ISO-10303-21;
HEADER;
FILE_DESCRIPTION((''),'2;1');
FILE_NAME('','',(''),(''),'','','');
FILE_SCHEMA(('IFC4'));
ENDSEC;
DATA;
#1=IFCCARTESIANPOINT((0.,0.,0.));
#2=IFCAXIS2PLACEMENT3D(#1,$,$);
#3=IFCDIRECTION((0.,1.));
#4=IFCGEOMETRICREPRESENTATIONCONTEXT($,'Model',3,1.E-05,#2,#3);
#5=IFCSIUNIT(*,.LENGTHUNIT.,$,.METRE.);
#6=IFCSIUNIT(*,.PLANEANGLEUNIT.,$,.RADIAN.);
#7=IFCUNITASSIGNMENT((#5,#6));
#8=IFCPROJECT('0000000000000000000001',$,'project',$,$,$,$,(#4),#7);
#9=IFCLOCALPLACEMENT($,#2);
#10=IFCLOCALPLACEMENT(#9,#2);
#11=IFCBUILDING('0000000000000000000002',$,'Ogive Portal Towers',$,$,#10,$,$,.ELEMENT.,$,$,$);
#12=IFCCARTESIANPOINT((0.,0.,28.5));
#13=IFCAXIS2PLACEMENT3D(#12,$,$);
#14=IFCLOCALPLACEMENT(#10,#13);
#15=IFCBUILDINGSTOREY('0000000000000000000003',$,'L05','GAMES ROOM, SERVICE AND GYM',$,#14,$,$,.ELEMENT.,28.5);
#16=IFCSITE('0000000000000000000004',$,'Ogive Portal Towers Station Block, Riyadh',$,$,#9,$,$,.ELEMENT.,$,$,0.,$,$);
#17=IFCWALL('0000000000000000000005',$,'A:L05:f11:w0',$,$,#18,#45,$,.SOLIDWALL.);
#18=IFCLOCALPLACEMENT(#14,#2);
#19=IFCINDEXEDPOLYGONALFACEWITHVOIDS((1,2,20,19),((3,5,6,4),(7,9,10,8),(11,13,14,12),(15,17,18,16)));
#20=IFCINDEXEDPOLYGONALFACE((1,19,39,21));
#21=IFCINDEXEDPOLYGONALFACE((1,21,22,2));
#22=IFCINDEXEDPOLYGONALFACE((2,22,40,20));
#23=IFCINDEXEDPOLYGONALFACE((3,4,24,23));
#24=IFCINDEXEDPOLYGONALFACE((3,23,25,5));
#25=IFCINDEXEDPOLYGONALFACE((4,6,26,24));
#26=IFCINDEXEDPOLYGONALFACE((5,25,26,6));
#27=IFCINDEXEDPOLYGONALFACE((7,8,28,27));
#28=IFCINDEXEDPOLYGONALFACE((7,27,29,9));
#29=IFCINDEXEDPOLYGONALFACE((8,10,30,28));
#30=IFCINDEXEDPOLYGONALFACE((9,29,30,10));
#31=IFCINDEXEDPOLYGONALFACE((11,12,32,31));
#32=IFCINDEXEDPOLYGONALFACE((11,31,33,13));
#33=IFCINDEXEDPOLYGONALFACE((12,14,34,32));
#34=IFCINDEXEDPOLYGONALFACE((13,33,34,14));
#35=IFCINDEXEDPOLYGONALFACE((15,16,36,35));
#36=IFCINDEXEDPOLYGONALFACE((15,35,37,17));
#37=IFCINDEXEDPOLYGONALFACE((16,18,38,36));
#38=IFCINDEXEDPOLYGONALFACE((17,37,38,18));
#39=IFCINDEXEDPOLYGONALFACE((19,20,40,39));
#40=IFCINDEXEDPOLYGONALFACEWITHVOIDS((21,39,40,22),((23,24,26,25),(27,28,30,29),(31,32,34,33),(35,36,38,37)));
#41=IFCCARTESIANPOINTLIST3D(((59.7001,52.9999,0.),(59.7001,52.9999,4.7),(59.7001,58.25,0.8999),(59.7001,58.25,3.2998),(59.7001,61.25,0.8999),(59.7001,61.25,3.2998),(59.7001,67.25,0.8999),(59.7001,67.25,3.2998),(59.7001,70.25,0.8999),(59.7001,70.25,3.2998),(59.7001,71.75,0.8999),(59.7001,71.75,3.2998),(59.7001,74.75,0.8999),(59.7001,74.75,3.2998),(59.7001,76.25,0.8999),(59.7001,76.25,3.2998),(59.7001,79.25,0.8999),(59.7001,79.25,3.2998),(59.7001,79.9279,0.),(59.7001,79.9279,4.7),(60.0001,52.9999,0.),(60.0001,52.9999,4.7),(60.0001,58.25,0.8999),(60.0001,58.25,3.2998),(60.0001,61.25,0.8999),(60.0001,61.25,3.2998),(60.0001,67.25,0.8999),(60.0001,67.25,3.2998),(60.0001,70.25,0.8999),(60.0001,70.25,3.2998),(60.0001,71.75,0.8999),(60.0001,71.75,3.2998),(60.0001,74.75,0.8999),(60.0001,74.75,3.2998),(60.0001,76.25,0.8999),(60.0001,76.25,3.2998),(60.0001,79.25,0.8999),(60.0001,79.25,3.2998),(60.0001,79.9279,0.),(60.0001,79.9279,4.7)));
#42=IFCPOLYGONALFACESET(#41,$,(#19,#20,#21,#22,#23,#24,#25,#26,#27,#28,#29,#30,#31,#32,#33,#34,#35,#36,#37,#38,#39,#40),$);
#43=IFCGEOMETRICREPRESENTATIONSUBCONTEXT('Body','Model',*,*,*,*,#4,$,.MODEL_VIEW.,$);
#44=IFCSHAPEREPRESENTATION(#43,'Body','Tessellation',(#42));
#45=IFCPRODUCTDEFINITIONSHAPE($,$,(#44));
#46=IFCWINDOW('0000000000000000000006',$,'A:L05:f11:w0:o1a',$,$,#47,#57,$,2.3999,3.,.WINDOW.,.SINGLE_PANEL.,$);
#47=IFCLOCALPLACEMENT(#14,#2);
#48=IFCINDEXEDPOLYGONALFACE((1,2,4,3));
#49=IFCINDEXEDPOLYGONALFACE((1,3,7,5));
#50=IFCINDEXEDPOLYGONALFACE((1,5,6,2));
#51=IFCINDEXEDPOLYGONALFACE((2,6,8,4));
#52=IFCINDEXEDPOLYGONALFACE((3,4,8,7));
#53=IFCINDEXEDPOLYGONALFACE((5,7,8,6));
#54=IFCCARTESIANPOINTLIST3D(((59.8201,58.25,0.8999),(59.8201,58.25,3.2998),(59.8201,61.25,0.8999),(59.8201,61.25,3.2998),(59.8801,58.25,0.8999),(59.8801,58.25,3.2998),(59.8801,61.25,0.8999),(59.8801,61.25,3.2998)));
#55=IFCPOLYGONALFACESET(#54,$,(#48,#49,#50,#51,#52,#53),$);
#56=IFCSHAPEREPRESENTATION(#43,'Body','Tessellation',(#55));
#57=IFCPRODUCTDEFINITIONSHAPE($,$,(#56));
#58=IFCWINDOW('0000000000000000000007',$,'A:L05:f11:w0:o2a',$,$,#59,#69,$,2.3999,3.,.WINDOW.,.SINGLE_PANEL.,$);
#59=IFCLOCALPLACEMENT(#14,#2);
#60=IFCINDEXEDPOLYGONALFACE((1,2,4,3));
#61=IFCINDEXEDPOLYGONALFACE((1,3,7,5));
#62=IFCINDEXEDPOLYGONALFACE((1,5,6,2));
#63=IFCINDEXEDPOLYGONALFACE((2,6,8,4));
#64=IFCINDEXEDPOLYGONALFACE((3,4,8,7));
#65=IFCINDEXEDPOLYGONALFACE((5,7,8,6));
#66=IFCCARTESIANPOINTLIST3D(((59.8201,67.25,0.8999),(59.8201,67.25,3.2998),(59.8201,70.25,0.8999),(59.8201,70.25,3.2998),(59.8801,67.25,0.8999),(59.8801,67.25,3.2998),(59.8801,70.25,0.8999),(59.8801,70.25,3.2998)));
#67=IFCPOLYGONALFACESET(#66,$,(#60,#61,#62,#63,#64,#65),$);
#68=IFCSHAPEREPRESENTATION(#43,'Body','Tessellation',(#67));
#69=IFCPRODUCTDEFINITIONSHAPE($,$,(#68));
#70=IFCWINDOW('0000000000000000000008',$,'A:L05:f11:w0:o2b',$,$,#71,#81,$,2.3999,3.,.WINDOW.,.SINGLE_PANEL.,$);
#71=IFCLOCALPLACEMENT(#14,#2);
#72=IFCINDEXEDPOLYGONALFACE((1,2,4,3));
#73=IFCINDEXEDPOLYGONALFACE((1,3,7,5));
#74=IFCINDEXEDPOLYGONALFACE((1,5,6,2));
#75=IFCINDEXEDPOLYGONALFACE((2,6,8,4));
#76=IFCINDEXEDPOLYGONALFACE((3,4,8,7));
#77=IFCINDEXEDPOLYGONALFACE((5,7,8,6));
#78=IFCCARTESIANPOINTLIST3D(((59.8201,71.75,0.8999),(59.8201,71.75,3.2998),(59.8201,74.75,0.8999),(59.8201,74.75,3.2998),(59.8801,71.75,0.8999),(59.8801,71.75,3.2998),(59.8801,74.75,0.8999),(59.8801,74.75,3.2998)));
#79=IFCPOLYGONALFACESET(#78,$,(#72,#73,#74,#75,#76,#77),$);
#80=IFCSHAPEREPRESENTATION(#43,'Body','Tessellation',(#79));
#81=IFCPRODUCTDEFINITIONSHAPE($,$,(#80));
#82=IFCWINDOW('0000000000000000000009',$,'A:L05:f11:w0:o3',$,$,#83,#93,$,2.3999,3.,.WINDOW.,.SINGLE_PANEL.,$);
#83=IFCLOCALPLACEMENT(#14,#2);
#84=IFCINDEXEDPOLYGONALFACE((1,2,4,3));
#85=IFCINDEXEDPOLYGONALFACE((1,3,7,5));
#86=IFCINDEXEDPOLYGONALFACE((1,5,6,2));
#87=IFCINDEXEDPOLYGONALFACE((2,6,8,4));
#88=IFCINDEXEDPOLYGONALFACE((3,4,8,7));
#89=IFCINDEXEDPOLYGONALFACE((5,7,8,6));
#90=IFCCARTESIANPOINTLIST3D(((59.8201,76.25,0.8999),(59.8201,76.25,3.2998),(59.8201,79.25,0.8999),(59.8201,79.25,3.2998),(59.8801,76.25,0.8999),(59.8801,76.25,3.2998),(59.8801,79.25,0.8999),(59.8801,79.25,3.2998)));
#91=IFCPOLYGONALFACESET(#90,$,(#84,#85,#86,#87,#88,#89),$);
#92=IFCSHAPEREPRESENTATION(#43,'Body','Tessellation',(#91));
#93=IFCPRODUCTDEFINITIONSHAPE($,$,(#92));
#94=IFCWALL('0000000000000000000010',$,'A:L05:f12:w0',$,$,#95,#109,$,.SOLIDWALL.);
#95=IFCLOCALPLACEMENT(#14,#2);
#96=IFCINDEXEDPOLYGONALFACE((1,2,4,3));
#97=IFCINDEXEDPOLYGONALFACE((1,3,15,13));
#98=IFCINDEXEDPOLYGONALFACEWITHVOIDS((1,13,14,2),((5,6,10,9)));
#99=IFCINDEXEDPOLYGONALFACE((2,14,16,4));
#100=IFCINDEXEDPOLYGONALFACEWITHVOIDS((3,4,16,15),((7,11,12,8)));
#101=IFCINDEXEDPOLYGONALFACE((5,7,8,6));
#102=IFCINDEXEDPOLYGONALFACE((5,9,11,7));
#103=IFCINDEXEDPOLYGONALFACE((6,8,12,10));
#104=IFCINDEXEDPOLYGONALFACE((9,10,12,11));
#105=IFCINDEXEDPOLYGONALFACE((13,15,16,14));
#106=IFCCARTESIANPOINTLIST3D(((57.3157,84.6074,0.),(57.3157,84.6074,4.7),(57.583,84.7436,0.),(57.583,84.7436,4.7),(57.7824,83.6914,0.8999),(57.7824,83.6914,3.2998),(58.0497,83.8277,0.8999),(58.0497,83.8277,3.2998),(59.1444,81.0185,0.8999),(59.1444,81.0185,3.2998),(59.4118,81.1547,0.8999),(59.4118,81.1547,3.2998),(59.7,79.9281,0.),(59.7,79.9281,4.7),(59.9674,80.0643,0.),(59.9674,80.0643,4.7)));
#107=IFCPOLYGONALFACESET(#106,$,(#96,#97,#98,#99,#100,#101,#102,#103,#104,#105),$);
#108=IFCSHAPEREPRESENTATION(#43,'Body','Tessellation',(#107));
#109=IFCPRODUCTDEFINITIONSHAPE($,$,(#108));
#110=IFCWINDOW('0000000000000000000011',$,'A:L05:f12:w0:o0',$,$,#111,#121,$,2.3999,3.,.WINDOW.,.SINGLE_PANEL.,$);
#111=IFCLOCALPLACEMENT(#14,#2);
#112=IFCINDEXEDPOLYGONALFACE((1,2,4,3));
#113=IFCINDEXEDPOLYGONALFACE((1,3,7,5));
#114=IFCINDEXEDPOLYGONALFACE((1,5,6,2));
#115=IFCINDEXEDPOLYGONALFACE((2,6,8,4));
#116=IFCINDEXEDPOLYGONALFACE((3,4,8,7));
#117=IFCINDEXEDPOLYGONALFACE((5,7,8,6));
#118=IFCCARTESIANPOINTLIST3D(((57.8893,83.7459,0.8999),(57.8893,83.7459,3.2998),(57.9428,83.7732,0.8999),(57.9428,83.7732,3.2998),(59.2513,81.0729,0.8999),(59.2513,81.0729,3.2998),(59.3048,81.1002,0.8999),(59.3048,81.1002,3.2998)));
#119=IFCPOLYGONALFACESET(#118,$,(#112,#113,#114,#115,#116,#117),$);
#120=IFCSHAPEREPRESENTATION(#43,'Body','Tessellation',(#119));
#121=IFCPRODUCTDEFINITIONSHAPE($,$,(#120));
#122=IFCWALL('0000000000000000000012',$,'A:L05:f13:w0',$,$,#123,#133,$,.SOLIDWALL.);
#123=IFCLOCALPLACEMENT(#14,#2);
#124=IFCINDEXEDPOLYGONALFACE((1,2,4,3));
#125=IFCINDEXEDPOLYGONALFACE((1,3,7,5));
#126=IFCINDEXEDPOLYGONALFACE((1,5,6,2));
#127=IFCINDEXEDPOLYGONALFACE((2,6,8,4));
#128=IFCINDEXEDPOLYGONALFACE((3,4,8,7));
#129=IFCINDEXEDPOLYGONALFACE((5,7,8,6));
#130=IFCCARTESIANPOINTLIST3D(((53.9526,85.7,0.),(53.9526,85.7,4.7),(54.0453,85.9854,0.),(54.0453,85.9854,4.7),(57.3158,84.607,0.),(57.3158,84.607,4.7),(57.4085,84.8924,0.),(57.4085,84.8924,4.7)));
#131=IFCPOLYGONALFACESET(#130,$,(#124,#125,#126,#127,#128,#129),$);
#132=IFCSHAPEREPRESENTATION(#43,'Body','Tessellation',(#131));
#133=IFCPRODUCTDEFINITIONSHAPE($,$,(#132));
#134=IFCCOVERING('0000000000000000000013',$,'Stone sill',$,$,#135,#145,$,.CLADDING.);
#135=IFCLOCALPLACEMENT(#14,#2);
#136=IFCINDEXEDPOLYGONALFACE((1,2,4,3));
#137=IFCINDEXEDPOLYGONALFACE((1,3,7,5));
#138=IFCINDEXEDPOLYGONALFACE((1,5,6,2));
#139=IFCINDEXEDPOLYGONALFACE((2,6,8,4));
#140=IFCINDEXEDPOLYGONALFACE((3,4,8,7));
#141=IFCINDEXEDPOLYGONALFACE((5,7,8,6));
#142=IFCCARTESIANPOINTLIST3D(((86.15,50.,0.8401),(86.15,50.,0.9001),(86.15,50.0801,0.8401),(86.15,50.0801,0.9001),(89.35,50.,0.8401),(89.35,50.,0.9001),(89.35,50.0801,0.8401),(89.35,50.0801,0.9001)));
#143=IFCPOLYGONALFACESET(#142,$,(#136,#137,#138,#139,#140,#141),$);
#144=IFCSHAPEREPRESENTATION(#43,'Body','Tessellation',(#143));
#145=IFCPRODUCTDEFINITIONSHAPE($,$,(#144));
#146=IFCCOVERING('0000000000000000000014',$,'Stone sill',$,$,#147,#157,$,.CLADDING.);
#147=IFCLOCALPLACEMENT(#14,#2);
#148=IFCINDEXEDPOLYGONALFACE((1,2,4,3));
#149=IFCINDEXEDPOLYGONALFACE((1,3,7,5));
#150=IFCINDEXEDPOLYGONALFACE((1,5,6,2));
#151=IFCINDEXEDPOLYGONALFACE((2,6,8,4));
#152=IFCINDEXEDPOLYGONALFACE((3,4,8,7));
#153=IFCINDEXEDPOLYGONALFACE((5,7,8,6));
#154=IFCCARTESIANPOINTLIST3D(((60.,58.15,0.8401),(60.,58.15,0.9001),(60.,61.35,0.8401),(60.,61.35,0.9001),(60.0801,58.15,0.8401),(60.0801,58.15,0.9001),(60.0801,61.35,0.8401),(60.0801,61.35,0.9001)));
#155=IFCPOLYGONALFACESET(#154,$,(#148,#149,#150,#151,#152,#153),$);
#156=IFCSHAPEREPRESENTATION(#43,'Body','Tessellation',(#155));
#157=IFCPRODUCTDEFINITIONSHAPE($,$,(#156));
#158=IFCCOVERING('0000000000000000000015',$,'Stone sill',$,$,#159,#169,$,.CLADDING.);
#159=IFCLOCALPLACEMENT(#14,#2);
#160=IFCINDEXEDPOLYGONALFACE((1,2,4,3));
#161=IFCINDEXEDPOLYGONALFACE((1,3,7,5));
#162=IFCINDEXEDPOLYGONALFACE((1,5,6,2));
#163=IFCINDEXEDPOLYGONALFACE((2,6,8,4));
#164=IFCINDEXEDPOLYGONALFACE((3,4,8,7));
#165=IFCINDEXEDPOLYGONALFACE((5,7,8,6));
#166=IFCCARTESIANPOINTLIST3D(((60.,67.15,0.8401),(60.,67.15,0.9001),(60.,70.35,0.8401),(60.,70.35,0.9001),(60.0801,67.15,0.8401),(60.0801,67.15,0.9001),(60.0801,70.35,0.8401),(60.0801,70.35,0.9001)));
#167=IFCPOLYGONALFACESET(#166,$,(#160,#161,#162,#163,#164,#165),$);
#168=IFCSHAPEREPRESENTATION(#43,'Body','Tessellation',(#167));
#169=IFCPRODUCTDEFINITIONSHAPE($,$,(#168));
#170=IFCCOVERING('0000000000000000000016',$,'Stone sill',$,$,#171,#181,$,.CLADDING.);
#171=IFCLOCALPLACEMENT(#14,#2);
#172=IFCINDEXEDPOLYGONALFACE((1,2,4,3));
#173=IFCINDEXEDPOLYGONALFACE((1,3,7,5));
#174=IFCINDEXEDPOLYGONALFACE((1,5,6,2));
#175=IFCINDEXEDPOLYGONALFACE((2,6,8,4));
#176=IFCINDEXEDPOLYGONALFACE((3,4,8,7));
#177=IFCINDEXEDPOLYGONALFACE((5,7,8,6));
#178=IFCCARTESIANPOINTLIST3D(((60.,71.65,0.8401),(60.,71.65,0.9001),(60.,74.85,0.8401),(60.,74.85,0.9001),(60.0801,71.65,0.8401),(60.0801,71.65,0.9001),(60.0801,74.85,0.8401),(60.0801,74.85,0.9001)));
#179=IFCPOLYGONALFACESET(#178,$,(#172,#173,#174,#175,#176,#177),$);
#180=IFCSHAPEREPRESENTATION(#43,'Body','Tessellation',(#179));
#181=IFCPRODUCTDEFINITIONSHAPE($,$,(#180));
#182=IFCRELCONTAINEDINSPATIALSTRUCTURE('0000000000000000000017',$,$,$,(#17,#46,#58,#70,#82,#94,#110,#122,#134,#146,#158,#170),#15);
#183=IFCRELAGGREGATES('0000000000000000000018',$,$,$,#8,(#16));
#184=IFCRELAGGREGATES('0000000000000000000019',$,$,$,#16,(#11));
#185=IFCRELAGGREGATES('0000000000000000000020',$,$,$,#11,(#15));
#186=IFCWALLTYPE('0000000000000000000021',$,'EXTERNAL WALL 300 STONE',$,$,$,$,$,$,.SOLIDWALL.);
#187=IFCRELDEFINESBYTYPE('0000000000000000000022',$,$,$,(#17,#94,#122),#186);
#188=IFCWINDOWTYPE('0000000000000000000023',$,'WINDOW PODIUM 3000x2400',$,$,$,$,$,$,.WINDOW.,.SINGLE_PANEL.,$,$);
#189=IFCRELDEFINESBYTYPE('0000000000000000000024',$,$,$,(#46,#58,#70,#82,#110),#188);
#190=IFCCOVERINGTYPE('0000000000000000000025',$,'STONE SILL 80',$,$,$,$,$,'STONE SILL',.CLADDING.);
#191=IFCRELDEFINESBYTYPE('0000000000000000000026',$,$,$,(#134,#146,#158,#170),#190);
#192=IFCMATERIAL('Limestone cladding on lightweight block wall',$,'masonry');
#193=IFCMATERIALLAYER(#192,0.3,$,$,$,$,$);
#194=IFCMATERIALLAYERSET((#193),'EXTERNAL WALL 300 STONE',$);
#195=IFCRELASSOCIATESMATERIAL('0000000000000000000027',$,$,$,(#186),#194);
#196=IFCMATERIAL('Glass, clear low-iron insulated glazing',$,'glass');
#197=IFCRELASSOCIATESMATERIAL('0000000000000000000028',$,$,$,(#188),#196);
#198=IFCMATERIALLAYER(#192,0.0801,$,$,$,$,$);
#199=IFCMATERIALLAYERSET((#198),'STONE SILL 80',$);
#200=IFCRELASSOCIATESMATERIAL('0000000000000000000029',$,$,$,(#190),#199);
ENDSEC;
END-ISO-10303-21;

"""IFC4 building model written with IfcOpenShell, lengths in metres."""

from ifc_helpers import new_model, si_unit, direction, frame, frame_2d, origin, origin_2d, place, context, subcontext, project, spatial, rectangle, extrude, material, layer, layer_set, type_object, element, fill, save


model = new_model("IFC4")

# Units and contexts
model_context = context("Model", 3, precision=1e-05, world=origin(), true_north=direction((0.0, 1.0)))
body_context = subcontext(model_context, "Body", "Model", "MODEL_VIEW")
ifc_project = project(units=[si_unit("LENGTHUNIT", "METRE"), si_unit("PLANEANGLEUNIT", "RADIAN")], contexts=[model_context])

# Site, building, storey
site_placement = place(None, origin())
site = spatial("IfcSite", under=ifc_project, at=site_placement, Name="Ogive Portal Towers Station Block, Riyadh", CompositionType="ELEMENT", RefElevation=0.0)
building_placement = place(site_placement, origin())
building = spatial("IfcBuilding", under=site, at=building_placement, Name="Ogive Portal Towers", CompositionType="ELEMENT")
storey_placement = place(building_placement, frame((0.0, 0.0, 28.5)))
storey = spatial("IfcBuildingStorey", under=building, at=storey_placement, Name="L05", Description="GAMES ROOM, SERVICE AND GYM", CompositionType="ELEMENT", Elevation=28.5)

# Shared definitions
ifc_material_1 = material(Name="Limestone cladding on lightweight block wall", Category="masonry")
ifc_layer_1 = layer(ifc_material_1, 0.3)
ifc_layer_set_1 = layer_set([ifc_layer_1], Name="EXTERNAL WALL 300 STONE")
wall_type = type_object("IfcWallType", Name="EXTERNAL WALL 300 STONE", PredefinedType="SOLIDWALL", material=ifc_layer_set_1)

# Wall, openings, windows
wall_1_placement = place(storey_placement, frame((59.8501, 53.0, 0.0), z_axis=(0.0, 0.0, 1.0), x_axis=(0.0, 1.0, 0.0)))
wall_1 = element("IfcWall", 1, at=wall_1_placement, inside=storey, type_object=wall_type, Name="A:L05:f11:w0", PredefinedType="SOLIDWALL", context=body_context, shape_type="SweptSolid", body=[
    extrude(rectangle(XDim=26.928, YDim=0.3, at=frame_2d((13.4639, 0.0))), origin(), (0.0, 0.0, 1.0), 4.7),
])
opening_1_placement = place(wall_1_placement, frame((5.25, 0.0, 0.8999)))
opening_1 = element("IfcOpeningElement", 2, at=opening_1_placement, cuts=wall_1, PredefinedType="OPENING", context=body_context, shape_type="SweptSolid", body=[
    extrude(rectangle(XDim=3.0, YDim=2.3999, at=frame_2d((1.5, 1.2))), frame((0.0, 0.1602, 0.0), z_axis=(0.0, -1.0, 0.0), x_axis=(1.0, 0.0, 0.0)), (0.0, 0.0, 1.0), 0.3201),
])
opening_2_placement = place(wall_1_placement, frame((14.25, 0.0, 0.8999)))
opening_2 = element("IfcOpeningElement", 3, at=opening_2_placement, cuts=wall_1, PredefinedType="OPENING", context=body_context, shape_type="SweptSolid", body=[
    extrude(rectangle(XDim=3.0, YDim=2.3999, at=frame_2d((1.5, 1.2))), frame((0.0, 0.1602, 0.0), z_axis=(0.0, -1.0, 0.0), x_axis=(1.0, 0.0, 0.0)), (0.0, 0.0, 1.0), 0.3201),
])
opening_3_placement = place(wall_1_placement, frame((18.75, 0.0, 0.8999)))
opening_3 = element("IfcOpeningElement", 4, at=opening_3_placement, cuts=wall_1, PredefinedType="OPENING", context=body_context, shape_type="SweptSolid", body=[
    extrude(rectangle(XDim=3.0, YDim=2.3999, at=frame_2d((1.5, 1.2))), frame((0.0, 0.1602, 0.0), z_axis=(0.0, -1.0, 0.0), x_axis=(1.0, 0.0, 0.0)), (0.0, 0.0, 1.0), 0.3201),
])
opening_4_placement = place(wall_1_placement, frame((23.25, 0.0, 0.8999)))
opening_4 = element("IfcOpeningElement", 5, at=opening_4_placement, cuts=wall_1, PredefinedType="OPENING", context=body_context, shape_type="SweptSolid", body=[
    extrude(rectangle(XDim=3.0, YDim=2.3999, at=frame_2d((1.5, 1.2))), frame((0.0, 0.1602, 0.0), z_axis=(0.0, -1.0, 0.0), x_axis=(1.0, 0.0, 0.0)), (0.0, 0.0, 1.0), 0.3201),
])
ifc_material_2 = material(Name="Glass, clear low-iron insulated glazing", Category="glass")
window_type = type_object("IfcWindowType", Name="WINDOW PODIUM 3000x2400", PartitioningType="SINGLE_PANEL", PredefinedType="WINDOW", material=ifc_material_2)
window_1_placement = place(opening_1_placement, origin())
window_1 = element("IfcWindow", 6, at=window_1_placement, inside=storey, type_object=window_type, Name="A:L05:f11:w0:o1a", OverallHeight=2.3999, OverallWidth=3.0, PartitioningType="SINGLE_PANEL", PredefinedType="WINDOW", context=body_context, shape_type="SweptSolid", body=[
    extrude(rectangle(XDim=3.0, YDim=2.3999, at=frame_2d((1.5, 1.2))), frame((0.0, 0.03, 0.0), z_axis=(0.0, -1.0, 0.0), x_axis=(1.0, 0.0, 0.0)), (0.0, 0.0, 1.0), 0.0601),
])
fill(opening_1, window_1)
window_2_placement = place(opening_2_placement, origin())
window_2 = element("IfcWindow", 7, at=window_2_placement, inside=storey, type_object=window_type, Name="A:L05:f11:w0:o2a", OverallHeight=2.3999, OverallWidth=3.0, PartitioningType="SINGLE_PANEL", PredefinedType="WINDOW", context=body_context, shape_type="SweptSolid", body=[
    extrude(rectangle(XDim=3.0, YDim=2.3999, at=frame_2d((1.5, 1.2))), frame((0.0, 0.03, 0.0), z_axis=(0.0, -1.0, 0.0), x_axis=(1.0, 0.0, 0.0)), (0.0, 0.0, 1.0), 0.0601),
])
fill(opening_2, window_2)
window_3_placement = place(opening_3_placement, origin())
window_3 = element("IfcWindow", 8, at=window_3_placement, inside=storey, type_object=window_type, Name="A:L05:f11:w0:o2b", OverallHeight=2.3999, OverallWidth=3.0, PartitioningType="SINGLE_PANEL", PredefinedType="WINDOW", context=body_context, shape_type="SweptSolid", body=[
    extrude(rectangle(XDim=3.0, YDim=2.3999, at=frame_2d((1.5, 1.2))), frame((0.0, 0.03, 0.0), z_axis=(0.0, -1.0, 0.0), x_axis=(1.0, 0.0, 0.0)), (0.0, 0.0, 1.0), 0.0601),
])
fill(opening_3, window_3)
window_4_placement = place(opening_4_placement, origin())
window_4 = element("IfcWindow", 9, at=window_4_placement, inside=storey, type_object=window_type, Name="A:L05:f11:w0:o3", OverallHeight=2.3999, OverallWidth=3.0, PartitioningType="SINGLE_PANEL", PredefinedType="WINDOW", context=body_context, shape_type="SweptSolid", body=[
    extrude(rectangle(XDim=3.0, YDim=2.3999, at=frame_2d((1.5, 1.2))), frame((0.0, 0.03, 0.0), z_axis=(0.0, -1.0, 0.0), x_axis=(1.0, 0.0, 0.0)), (0.0, 0.0, 1.0), 0.0601),
])
fill(opening_4, window_4)

# Wall, opening, window
wall_2_placement = place(storey_placement, frame((59.8337, 79.9961, 0.0), z_axis=(0.0, 0.0, 1.0), x_axis=(-0.454007, 0.890998, 0.0)))
wall_2 = element("IfcWall", 10, at=wall_2_placement, inside=storey, type_object=wall_type, Name="A:L05:f12:w0", PredefinedType="SOLIDWALL", context=body_context, shape_type="SweptSolid", body=[
    extrude(rectangle(XDim=5.2517, YDim=0.3, at=frame_2d((2.626, 0.0))), origin(), (0.0, 0.0, 1.0), 4.7),
])
opening_5_placement = place(wall_2_placement, frame((1.2239, 0.0, 0.8999)))
opening_5 = element("IfcOpeningElement", 11, at=opening_5_placement, cuts=wall_2, PredefinedType="OPENING", context=body_context, shape_type="SweptSolid", body=[
    extrude(rectangle(XDim=3.0, YDim=2.3999, at=frame_2d((1.5, 1.2))), frame((0.0, 0.1602, 0.0), z_axis=(0.0, -1.0, 0.0), x_axis=(1.0, 0.0, 0.0)), (0.0, 0.0, 1.0), 0.3201),
])
window_5_placement = place(opening_5_placement, origin())
window_5 = element("IfcWindow", 12, at=window_5_placement, inside=storey, type_object=window_type, Name="A:L05:f12:w0:o0", OverallHeight=2.3999, OverallWidth=3.0, PartitioningType="SINGLE_PANEL", PredefinedType="WINDOW", context=body_context, shape_type="SweptSolid", body=[
    extrude(rectangle(XDim=3.0, YDim=2.3999, at=frame_2d((1.5, 1.2))), frame((0.0, 0.03, 0.0), z_axis=(0.0, -1.0, 0.0), x_axis=(1.0, 0.0, 0.0)), (0.0, 0.0, 1.0), 0.0601),
])
fill(opening_5, window_5)

# Wall
wall_3_placement = place(storey_placement, frame((57.3621, 84.7498, 0.0), z_axis=(0.0, 0.0, 1.0), x_axis=(-0.951038, 0.309074, 0.0)))
element("IfcWall", 13, at=wall_3_placement, inside=storey, type_object=wall_type, Name="A:L05:f13:w0", PredefinedType="SOLIDWALL", context=body_context, shape_type="SweptSolid", body=[
    extrude(rectangle(XDim=3.5364, YDim=0.3, at=frame_2d((1.7681, 0.0))), origin(), (0.0, 0.0, 1.0), 4.7),
])

# Coverings
ifc_layer_2 = layer(ifc_material_1, 0.0801)
ifc_layer_set_2 = layer_set([ifc_layer_2], Name="STONE SILL 80")
covering_type = type_object("IfcCoveringType", Name="STONE SILL 80", ElementType="STONE SILL", PredefinedType="CLADDING", material=ifc_layer_set_2)
for number, where, z_axis, x_axis, name in (
    (14, (87.75, 50.04, 0.8401), (0.0, 0.0, 1.0), (-1.0, 0.0, 0.0), "Stone sill"),
    (15, (60.04, 59.75, 0.8401), (0.0, 0.0, 1.0), (0.0, 1.0, 0.0), "Stone sill"),
    (16, (60.04, 68.75, 0.8401), (0.0, 0.0, 1.0), (0.0, 1.0, 0.0), "Stone sill"),
    (17, (60.04, 73.25, 0.8401), (0.0, 0.0, 1.0), (0.0, 1.0, 0.0), "Stone sill"),
):
    element("IfcCovering", number, at=place(storey_placement, frame(where, z_axis=z_axis, x_axis=x_axis)), inside=storey, type_object=covering_type, Name=name, PredefinedType="CLADDING", context=body_context, shape_type="SweptSolid", body=[
        extrude(rectangle(XDim=3.2, YDim=0.0801, at=origin_2d()), origin(), (0.0, 0.0, 1.0), 0.0601),
    ])

save(model, "model.ifc")
